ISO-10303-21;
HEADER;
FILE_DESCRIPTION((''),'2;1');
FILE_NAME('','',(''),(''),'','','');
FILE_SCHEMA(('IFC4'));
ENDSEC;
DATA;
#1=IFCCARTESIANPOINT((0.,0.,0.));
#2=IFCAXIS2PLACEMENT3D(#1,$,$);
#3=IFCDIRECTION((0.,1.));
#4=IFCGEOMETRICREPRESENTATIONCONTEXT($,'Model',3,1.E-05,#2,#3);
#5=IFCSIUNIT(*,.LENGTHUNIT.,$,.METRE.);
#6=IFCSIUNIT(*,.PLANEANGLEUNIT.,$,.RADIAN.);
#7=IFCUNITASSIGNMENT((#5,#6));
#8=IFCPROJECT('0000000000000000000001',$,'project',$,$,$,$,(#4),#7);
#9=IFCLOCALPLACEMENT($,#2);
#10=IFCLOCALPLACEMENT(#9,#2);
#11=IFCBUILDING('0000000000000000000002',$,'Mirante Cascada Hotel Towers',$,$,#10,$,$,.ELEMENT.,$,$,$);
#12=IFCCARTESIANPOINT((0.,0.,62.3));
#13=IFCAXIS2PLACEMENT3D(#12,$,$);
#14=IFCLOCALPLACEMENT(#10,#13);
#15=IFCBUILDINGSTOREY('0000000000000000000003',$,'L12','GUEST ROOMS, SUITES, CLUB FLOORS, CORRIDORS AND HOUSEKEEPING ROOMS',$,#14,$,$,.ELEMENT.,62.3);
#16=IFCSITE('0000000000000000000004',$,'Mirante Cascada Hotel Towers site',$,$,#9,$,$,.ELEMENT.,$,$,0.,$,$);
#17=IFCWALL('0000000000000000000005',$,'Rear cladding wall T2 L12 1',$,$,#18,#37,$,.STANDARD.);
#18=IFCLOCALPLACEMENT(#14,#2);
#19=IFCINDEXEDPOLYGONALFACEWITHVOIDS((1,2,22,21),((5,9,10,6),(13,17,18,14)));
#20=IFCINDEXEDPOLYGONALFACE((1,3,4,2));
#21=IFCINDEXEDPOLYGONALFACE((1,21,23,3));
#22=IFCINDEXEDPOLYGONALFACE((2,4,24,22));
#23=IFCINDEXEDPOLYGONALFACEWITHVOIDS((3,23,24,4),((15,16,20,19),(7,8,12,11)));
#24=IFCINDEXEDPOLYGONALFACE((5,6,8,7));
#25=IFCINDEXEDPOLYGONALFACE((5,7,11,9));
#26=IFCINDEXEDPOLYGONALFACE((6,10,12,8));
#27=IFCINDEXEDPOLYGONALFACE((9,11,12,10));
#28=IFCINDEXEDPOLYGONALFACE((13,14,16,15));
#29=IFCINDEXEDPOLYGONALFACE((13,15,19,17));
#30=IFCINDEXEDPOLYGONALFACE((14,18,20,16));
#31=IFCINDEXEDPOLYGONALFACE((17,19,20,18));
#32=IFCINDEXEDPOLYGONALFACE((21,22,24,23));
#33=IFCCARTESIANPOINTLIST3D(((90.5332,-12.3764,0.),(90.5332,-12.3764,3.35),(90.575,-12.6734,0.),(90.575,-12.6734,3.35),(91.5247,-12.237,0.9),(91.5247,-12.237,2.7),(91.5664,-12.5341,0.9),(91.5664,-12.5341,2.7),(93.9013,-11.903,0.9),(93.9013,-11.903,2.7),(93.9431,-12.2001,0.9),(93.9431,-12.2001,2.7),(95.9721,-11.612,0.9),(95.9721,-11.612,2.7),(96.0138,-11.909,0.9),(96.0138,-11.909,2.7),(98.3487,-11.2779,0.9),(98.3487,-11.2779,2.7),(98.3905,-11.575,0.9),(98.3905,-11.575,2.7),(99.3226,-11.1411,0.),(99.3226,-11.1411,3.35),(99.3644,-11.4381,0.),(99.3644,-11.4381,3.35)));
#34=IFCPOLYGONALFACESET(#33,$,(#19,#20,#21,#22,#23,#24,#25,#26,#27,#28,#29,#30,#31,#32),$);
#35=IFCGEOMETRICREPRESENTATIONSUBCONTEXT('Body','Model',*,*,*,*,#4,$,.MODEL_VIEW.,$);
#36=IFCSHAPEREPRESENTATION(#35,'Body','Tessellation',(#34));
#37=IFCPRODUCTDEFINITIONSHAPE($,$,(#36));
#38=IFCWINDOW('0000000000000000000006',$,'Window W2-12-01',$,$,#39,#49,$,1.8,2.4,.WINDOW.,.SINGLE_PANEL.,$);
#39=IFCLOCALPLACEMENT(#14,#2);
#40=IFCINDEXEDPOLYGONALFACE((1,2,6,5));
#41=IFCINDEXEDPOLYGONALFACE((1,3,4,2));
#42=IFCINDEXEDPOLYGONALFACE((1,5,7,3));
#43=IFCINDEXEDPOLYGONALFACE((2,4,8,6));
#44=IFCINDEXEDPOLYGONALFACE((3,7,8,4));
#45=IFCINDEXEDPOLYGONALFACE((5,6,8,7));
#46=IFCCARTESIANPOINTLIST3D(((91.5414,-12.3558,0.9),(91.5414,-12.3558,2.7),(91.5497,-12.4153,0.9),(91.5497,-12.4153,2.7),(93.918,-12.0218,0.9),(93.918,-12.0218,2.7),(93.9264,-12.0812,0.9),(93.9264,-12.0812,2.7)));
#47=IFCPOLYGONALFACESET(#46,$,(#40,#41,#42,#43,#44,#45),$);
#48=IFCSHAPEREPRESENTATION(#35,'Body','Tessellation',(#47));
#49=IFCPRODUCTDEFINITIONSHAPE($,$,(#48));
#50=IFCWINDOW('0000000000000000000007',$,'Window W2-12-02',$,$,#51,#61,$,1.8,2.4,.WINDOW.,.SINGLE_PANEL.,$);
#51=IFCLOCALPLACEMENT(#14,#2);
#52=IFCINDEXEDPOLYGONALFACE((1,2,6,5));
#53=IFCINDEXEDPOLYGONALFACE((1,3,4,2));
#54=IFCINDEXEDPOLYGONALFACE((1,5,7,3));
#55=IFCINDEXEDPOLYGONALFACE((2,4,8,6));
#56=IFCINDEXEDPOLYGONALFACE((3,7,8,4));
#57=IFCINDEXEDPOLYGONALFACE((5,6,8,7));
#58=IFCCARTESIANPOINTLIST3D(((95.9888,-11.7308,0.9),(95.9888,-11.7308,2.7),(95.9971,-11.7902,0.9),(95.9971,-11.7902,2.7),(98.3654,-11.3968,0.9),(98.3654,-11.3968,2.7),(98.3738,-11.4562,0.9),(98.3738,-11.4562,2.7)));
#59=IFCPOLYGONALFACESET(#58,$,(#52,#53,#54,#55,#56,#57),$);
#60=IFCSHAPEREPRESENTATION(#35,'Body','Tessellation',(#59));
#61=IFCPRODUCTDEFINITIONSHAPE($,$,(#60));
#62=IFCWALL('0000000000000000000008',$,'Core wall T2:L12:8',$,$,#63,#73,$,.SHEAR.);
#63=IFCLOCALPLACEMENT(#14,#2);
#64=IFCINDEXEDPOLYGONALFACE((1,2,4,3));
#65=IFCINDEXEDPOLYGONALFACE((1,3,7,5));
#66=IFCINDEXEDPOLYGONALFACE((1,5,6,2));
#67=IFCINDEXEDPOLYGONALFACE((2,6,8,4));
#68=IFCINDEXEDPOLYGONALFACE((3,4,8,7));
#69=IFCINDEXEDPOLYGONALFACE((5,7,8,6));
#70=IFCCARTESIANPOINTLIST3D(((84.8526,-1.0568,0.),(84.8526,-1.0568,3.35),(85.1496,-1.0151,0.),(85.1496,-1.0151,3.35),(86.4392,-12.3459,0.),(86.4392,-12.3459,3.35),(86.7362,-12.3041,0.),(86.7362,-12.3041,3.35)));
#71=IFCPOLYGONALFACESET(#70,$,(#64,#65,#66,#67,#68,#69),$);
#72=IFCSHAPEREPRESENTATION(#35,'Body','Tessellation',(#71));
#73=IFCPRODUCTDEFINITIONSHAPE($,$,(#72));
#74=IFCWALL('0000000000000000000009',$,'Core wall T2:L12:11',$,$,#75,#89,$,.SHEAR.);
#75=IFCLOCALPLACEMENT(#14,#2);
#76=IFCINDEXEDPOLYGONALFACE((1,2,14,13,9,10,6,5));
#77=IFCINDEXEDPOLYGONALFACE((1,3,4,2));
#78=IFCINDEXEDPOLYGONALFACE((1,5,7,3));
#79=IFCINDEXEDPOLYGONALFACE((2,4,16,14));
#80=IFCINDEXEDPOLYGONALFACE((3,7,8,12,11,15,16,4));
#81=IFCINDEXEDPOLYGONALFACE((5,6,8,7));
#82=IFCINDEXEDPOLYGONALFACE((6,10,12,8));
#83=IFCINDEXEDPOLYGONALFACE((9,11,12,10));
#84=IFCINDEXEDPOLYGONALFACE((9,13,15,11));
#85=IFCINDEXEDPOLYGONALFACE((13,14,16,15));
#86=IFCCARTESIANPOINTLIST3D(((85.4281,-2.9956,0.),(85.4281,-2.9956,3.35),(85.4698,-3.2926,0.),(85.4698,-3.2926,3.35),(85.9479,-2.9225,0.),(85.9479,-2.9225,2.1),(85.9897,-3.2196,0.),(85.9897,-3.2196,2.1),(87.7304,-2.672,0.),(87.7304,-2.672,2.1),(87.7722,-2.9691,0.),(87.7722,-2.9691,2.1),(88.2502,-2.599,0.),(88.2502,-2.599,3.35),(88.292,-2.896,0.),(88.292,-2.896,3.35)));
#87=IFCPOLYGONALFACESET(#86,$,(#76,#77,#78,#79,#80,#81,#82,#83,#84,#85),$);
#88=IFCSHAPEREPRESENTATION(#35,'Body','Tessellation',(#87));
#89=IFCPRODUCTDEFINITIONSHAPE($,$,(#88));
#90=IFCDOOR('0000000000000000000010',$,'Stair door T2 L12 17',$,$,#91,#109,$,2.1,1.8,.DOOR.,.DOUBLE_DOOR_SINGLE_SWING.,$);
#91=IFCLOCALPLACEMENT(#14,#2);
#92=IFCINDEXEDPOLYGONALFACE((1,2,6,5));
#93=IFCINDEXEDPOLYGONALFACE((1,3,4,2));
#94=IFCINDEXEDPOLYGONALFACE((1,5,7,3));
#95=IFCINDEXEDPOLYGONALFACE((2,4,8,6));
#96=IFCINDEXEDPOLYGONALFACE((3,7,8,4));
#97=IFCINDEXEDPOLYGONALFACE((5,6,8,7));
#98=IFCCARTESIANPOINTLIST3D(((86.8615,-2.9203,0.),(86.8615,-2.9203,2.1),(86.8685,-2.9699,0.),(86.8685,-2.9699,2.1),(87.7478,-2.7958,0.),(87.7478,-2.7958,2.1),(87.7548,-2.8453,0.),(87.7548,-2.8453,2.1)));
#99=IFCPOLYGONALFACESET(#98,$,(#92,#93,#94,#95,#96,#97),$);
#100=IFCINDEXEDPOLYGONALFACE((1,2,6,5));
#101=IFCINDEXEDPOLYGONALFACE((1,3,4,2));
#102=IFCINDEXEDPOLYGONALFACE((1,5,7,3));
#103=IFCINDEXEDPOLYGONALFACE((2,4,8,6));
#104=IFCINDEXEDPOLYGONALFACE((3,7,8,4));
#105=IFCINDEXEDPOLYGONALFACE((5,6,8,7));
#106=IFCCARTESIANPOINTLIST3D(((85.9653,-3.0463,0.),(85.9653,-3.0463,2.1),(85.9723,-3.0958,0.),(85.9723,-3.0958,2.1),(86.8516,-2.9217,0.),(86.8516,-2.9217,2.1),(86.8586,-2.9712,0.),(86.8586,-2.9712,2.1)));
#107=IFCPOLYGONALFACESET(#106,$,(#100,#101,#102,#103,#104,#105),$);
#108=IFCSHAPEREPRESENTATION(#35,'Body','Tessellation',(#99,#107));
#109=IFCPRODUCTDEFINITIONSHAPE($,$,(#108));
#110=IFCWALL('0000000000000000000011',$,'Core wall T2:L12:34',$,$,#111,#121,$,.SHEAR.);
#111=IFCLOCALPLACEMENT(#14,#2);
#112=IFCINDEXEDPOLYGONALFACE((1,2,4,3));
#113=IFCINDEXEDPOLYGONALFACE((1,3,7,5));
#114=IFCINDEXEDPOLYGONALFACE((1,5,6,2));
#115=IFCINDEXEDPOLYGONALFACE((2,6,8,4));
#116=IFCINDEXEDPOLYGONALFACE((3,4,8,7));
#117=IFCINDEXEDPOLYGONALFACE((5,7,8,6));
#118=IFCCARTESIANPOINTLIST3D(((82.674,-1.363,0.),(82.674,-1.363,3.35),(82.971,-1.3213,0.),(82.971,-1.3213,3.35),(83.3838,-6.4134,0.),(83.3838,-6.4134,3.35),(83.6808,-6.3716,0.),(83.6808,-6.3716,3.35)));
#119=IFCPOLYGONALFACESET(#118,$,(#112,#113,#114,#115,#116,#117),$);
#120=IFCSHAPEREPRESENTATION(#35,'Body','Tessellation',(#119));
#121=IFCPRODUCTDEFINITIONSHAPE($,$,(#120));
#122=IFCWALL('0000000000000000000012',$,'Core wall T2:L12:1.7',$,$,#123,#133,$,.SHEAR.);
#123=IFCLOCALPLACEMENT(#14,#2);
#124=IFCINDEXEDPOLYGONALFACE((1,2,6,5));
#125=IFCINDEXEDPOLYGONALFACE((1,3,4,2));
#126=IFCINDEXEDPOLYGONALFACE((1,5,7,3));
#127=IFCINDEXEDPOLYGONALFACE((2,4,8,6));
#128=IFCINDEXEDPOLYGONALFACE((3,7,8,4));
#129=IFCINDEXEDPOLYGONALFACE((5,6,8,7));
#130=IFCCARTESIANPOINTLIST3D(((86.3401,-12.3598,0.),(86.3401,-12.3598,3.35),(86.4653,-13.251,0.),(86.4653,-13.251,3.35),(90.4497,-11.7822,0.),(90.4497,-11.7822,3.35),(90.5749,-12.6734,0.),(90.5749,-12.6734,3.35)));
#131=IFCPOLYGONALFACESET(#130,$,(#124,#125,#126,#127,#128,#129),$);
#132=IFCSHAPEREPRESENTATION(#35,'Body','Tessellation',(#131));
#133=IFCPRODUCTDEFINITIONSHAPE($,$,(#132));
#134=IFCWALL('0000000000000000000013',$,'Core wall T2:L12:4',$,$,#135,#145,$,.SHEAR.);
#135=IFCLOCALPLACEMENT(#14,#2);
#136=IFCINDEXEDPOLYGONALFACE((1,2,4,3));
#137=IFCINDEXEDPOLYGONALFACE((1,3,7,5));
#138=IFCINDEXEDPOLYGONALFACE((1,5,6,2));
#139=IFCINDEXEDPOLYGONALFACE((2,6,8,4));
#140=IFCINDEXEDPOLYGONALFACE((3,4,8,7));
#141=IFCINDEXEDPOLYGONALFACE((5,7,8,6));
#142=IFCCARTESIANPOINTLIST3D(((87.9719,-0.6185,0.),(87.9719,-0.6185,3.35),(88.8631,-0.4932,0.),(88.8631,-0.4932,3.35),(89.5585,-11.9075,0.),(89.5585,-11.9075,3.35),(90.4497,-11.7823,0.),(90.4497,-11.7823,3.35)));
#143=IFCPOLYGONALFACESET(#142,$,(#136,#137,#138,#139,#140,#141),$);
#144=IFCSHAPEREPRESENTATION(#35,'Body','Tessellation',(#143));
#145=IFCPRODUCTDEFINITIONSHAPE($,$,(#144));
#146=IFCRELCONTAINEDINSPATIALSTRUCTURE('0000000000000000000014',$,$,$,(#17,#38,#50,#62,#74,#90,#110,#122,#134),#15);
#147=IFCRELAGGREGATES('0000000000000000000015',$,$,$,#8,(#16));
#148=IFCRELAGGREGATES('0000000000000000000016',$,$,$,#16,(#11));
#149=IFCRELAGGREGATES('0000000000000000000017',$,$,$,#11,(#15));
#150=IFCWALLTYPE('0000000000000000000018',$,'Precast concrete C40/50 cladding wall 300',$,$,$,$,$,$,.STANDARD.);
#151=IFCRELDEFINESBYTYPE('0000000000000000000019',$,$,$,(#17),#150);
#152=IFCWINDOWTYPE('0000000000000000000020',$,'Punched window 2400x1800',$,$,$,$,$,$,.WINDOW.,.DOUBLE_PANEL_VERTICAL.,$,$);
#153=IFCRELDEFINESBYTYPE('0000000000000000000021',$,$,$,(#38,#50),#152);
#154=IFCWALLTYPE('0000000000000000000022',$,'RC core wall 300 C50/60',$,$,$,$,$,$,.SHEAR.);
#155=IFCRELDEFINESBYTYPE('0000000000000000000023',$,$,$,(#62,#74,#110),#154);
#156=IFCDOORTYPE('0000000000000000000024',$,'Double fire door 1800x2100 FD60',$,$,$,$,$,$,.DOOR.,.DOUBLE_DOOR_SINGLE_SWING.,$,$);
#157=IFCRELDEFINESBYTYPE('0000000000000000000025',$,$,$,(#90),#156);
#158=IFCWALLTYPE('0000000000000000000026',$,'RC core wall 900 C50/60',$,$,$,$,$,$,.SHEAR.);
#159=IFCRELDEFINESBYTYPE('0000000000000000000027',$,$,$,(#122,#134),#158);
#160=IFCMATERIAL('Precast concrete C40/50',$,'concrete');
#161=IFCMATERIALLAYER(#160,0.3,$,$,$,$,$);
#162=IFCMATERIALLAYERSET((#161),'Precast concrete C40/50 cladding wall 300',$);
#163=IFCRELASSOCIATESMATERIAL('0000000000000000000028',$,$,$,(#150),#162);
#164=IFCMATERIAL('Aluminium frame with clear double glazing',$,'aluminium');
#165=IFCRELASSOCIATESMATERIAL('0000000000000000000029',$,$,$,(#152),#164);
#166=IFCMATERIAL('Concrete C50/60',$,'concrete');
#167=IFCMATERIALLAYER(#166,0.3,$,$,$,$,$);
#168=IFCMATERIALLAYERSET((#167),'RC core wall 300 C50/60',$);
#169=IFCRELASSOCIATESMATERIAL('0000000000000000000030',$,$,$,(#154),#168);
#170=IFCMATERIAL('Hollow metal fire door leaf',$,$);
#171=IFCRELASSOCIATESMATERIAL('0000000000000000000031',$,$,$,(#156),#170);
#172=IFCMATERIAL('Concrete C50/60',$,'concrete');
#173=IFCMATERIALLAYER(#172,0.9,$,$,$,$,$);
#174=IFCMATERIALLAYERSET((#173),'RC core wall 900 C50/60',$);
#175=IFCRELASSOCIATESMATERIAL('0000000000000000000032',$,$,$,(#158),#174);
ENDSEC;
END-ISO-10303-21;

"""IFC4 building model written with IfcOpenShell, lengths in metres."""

from ifc_helpers import new_model, si_unit, direction, frame, frame_2d, origin, place, context, subcontext, project, spatial, rectangle, extrude, material, layer, layer_set, type_object, element, fill, save


model = new_model("IFC4")

# Units and contexts
model_context = context("Model", 3, precision=1e-05, world=origin(), true_north=direction((0.0, 1.0)))
body_context = subcontext(model_context, "Body", "Model", "MODEL_VIEW")
ifc_project = project(units=[si_unit("LENGTHUNIT", "METRE"), si_unit("PLANEANGLEUNIT", "RADIAN")], contexts=[model_context])

# Site, building, storey
site_placement = place(None, origin())
site = spatial("IfcSite", under=ifc_project, at=site_placement, Name="Mirante Cascada Hotel Towers site", CompositionType="ELEMENT", RefElevation=0.0)
building_placement = place(site_placement, origin())
building = spatial("IfcBuilding", under=site, at=building_placement, Name="Mirante Cascada Hotel Towers", CompositionType="ELEMENT")
storey_placement = place(building_placement, frame((0.0, 0.0, 62.3)))
storey = spatial("IfcBuildingStorey", under=building, at=storey_placement, Name="L12", Description="GUEST ROOMS, SUITES, CLUB FLOORS, CORRIDORS AND HOUSEKEEPING ROOMS", CompositionType="ELEMENT", Elevation=62.3)

# Wall, openings, windows
ifc_material_1 = material(Name="Precast concrete C40/50", Category="concrete")
ifc_layer_1 = layer(ifc_material_1, 0.3)
ifc_layer_set_1 = layer_set([ifc_layer_1], Name="Precast concrete C40/50 cladding wall 300")
wall_type_1 = type_object("IfcWallType", Name="Precast concrete C40/50 cladding wall 300", PredefinedType="STANDARD", material=ifc_layer_set_1)
wall_1_placement = place(storey_placement, frame((90.5541, -12.5249, 0.0), z_axis=(0.0, 0.0, 1.0), x_axis=(0.990268, 0.139177, 0.0)))
wall_1 = element("IfcWall", 1, at=wall_1_placement, inside=storey, type_object=wall_type_1, Name="Rear cladding wall T2 L12 1", PredefinedType="STANDARD", context=body_context, shape_type="SweptSolid", body=[
    extrude(rectangle(XDim=8.8758, YDim=0.3, at=frame_2d((4.4379, 0.0))), origin(), (0.0, 0.0, 1.0), 3.35),
])
opening_1_placement = place(wall_1_placement, frame((1.0012, 0.0, 0.9)))
opening_1 = element("IfcOpeningElement", 2, at=opening_1_placement, cuts=wall_1, PredefinedType="OPENING", context=body_context, shape_type="SweptSolid", body=[
    extrude(rectangle(XDim=2.4, YDim=1.8, at=frame_2d((1.2, 0.9))), frame((0.0, 0.15, 0.0), z_axis=(0.0, -1.0, 0.0), x_axis=(1.0, 0.0, 0.0)), (0.0, 0.0, 1.0), 0.3),
])
opening_2_placement = place(wall_1_placement, frame((5.4923, 0.0, 0.9)))
opening_2 = element("IfcOpeningElement", 3, at=opening_2_placement, cuts=wall_1, PredefinedType="OPENING", context=body_context, shape_type="SweptSolid", body=[
    extrude(rectangle(XDim=2.4, YDim=1.8, at=frame_2d((1.2, 0.9))), frame((0.0, 0.15, 0.0), z_axis=(0.0, -1.0, 0.0), x_axis=(1.0, 0.0, 0.0)), (0.0, 0.0, 1.0), 0.3),
])
ifc_material_2 = material(Name="Aluminium frame with clear double glazing", Category="aluminium")
window_type = type_object("IfcWindowType", Name="Punched window 2400x1800", PartitioningType="DOUBLE_PANEL_VERTICAL", PredefinedType="WINDOW", material=ifc_material_2)
window_1_placement = place(opening_1_placement, origin())
window_1 = element("IfcWindow", 4, at=window_1_placement, inside=storey, type_object=window_type, Name="Window W2-12-01", OverallHeight=1.8, OverallWidth=2.4, PartitioningType="SINGLE_PANEL", PredefinedType="WINDOW", context=body_context, shape_type="SweptSolid", body=[
    extrude(rectangle(XDim=2.4, YDim=1.8, at=frame_2d((1.2, 0.9))), frame((0.0, 0.03, 0.0), z_axis=(0.0, -1.0, 0.0), x_axis=(1.0, 0.0, 0.0)), (0.0, 0.0, 1.0), 0.06),
])
fill(opening_1, window_1)
window_2_placement = place(opening_2_placement, origin())
window_2 = element("IfcWindow", 5, at=window_2_placement, inside=storey, type_object=window_type, Name="Window W2-12-02", OverallHeight=1.8, OverallWidth=2.4, PartitioningType="SINGLE_PANEL", PredefinedType="WINDOW", context=body_context, shape_type="SweptSolid", body=[
    extrude(rectangle(XDim=2.4, YDim=1.8, at=frame_2d((1.2, 0.9))), frame((0.0, 0.03, 0.0), z_axis=(0.0, -1.0, 0.0), x_axis=(1.0, 0.0, 0.0)), (0.0, 0.0, 1.0), 0.06),
])
fill(opening_2, window_2)

# Wall
ifc_material_3 = material(Name="Concrete C50/60", Category="concrete")
ifc_layer_2 = layer(ifc_material_3, 0.3)
ifc_layer_set_2 = layer_set([ifc_layer_2], Name="RC core wall 300 C50/60")
wall_type_2 = type_object("IfcWallType", Name="RC core wall 300 C50/60", PredefinedType="SHEAR", material=ifc_layer_set_2)
wall_2_placement = place(storey_placement, frame((86.5877, -12.325, 0.0), z_axis=(0.0, 0.0, 1.0), x_axis=(-0.139175, 0.990268, 0.0)))
element("IfcWall", 6, at=wall_2_placement, inside=storey, type_object=wall_type_2, Name="Core wall T2:L12:8", PredefinedType="SHEAR", context=body_context, shape_type="SweptSolid", body=[
    extrude(rectangle(XDim=11.4, YDim=0.3, at=frame_2d((5.7, 0.0))), origin(), (0.0, 0.0, 1.0), 3.35),
])

# Wall, opening, door
wall_3_placement = place(storey_placement, frame((85.4489, -3.1441, 0.0), z_axis=(0.0, 0.0, 1.0), x_axis=(0.99027, 0.139161, 0.0)))
wall_3 = element("IfcWall", 7, at=wall_3_placement, inside=storey, type_object=wall_type_2, Name="Core wall T2:L12:11", PredefinedType="SHEAR", context=body_context, shape_type="SweptSolid", body=[
    extrude(rectangle(XDim=2.8499, YDim=0.3, at=frame_2d((1.425, 0.0))), origin(), (0.0, 0.0, 1.0), 3.35),
])
opening_3_placement = place(wall_3_placement, frame((0.525, 0.0, 0.0)))
opening_3 = element("IfcOpeningElement", 8, at=opening_3_placement, cuts=wall_3, PredefinedType="OPENING", context=body_context, shape_type="SweptSolid", body=[
    extrude(rectangle(XDim=1.8, YDim=2.1, at=frame_2d((0.9, 1.05))), frame((0.0, 0.15, 0.0), z_axis=(0.0, -1.0, 0.0), x_axis=(1.0, 0.0, 0.0)), (0.0, 0.0, 1.0), 0.3),
])
ifc_material_4 = material(Name="Hollow metal fire door leaf")
door_type_1 = type_object("IfcDoorType", Name="Double fire door 1800x2100 FD60", OperationType="DOUBLE_DOOR_SINGLE_SWING", PredefinedType="DOOR", material=ifc_material_4)
door_1_placement = place(opening_3_placement, frame((1.8, 0.0, 0.0), z_axis=(0.0, 0.0, 1.0), x_axis=(-1.0, 0.0, 0.0)))
door_1 = element("IfcDoor", 9, at=door_1_placement, inside=storey, type_object=door_type_1, Name="Stair door T2 L12 17", OperationType="DOUBLE_DOOR_SINGLE_SWING", OverallHeight=2.1, OverallWidth=1.8, PredefinedType="DOOR", context=body_context, shape_type="SweptSolid", body=[
    extrude(rectangle(XDim=0.895, YDim=2.1, at=frame_2d((0.4475, 1.05))), frame((0.0, 0.025, 0.0), z_axis=(0.0, -1.0, 0.0), x_axis=(1.0, 0.0, 0.0)), (0.0, 0.0, 1.0), 0.05),
    extrude(rectangle(XDim=0.895, YDim=2.1, at=frame_2d((1.3525, 1.05))), frame((0.0, 0.025, 0.0), z_axis=(0.0, -1.0, 0.0), x_axis=(1.0, 0.0, 0.0)), (0.0, 0.0, 1.0), 0.05),
])
fill(opening_3, door_1)

# Walls
wall_4_placement = place(storey_placement, frame((83.5323, -6.3925, 0.0), z_axis=(0.0, 0.0, 1.0), x_axis=(-0.139176, 0.990268, 0.0)))
element("IfcWall", 10, at=wall_4_placement, inside=storey, type_object=wall_type_2, Name="Core wall T2:L12:34", PredefinedType="SHEAR", context=body_context, shape_type="SweptSolid", body=[
    extrude(rectangle(XDim=5.1, YDim=0.3, at=frame_2d((2.55, 0.0))), origin(), (0.0, 0.0, 1.0), 3.35),
])
ifc_material_5 = material(Name="Concrete C50/60", Category="concrete")
ifc_layer_3 = layer(ifc_material_5, 0.9)
ifc_layer_set_3 = layer_set([ifc_layer_3], Name="RC core wall 900 C50/60")
wall_type_3 = type_object("IfcWallType", Name="RC core wall 900 C50/60", PredefinedType="SHEAR", material=ifc_layer_set_3)
wall_5_placement = place(storey_placement, frame((86.4027, -12.8054, 0.0), z_axis=(0.0, 0.0, 1.0), x_axis=(0.990267, 0.139181, 0.0)))
element("IfcWall", 11, at=wall_5_placement, inside=storey, type_object=wall_type_3, Name="Core wall T2:L12:1.7", PredefinedType="SHEAR", context=body_context, shape_type="SweptSolid", body=[
    extrude(rectangle(XDim=4.15, YDim=0.9, at=frame_2d((2.075, 0.0))), origin(), (0.0, 0.0, 1.0), 3.35),
])
wall_6_placement = place(storey_placement, frame((90.0041, -11.8449, 0.0), z_axis=(0.0, 0.0, 1.0), x_axis=(-0.139175, 0.990268, 0.0)))
element("IfcWall", 12, at=wall_6_placement, inside=storey, type_object=wall_type_3, Name="Core wall T2:L12:4", PredefinedType="SHEAR", context=body_context, shape_type="SweptSolid", body=[
    extrude(rectangle(XDim=11.4, YDim=0.9, at=frame_2d((5.7, 0.0))), origin(), (0.0, 0.0, 1.0), 3.35),
])

save(model, "model.ifc")
